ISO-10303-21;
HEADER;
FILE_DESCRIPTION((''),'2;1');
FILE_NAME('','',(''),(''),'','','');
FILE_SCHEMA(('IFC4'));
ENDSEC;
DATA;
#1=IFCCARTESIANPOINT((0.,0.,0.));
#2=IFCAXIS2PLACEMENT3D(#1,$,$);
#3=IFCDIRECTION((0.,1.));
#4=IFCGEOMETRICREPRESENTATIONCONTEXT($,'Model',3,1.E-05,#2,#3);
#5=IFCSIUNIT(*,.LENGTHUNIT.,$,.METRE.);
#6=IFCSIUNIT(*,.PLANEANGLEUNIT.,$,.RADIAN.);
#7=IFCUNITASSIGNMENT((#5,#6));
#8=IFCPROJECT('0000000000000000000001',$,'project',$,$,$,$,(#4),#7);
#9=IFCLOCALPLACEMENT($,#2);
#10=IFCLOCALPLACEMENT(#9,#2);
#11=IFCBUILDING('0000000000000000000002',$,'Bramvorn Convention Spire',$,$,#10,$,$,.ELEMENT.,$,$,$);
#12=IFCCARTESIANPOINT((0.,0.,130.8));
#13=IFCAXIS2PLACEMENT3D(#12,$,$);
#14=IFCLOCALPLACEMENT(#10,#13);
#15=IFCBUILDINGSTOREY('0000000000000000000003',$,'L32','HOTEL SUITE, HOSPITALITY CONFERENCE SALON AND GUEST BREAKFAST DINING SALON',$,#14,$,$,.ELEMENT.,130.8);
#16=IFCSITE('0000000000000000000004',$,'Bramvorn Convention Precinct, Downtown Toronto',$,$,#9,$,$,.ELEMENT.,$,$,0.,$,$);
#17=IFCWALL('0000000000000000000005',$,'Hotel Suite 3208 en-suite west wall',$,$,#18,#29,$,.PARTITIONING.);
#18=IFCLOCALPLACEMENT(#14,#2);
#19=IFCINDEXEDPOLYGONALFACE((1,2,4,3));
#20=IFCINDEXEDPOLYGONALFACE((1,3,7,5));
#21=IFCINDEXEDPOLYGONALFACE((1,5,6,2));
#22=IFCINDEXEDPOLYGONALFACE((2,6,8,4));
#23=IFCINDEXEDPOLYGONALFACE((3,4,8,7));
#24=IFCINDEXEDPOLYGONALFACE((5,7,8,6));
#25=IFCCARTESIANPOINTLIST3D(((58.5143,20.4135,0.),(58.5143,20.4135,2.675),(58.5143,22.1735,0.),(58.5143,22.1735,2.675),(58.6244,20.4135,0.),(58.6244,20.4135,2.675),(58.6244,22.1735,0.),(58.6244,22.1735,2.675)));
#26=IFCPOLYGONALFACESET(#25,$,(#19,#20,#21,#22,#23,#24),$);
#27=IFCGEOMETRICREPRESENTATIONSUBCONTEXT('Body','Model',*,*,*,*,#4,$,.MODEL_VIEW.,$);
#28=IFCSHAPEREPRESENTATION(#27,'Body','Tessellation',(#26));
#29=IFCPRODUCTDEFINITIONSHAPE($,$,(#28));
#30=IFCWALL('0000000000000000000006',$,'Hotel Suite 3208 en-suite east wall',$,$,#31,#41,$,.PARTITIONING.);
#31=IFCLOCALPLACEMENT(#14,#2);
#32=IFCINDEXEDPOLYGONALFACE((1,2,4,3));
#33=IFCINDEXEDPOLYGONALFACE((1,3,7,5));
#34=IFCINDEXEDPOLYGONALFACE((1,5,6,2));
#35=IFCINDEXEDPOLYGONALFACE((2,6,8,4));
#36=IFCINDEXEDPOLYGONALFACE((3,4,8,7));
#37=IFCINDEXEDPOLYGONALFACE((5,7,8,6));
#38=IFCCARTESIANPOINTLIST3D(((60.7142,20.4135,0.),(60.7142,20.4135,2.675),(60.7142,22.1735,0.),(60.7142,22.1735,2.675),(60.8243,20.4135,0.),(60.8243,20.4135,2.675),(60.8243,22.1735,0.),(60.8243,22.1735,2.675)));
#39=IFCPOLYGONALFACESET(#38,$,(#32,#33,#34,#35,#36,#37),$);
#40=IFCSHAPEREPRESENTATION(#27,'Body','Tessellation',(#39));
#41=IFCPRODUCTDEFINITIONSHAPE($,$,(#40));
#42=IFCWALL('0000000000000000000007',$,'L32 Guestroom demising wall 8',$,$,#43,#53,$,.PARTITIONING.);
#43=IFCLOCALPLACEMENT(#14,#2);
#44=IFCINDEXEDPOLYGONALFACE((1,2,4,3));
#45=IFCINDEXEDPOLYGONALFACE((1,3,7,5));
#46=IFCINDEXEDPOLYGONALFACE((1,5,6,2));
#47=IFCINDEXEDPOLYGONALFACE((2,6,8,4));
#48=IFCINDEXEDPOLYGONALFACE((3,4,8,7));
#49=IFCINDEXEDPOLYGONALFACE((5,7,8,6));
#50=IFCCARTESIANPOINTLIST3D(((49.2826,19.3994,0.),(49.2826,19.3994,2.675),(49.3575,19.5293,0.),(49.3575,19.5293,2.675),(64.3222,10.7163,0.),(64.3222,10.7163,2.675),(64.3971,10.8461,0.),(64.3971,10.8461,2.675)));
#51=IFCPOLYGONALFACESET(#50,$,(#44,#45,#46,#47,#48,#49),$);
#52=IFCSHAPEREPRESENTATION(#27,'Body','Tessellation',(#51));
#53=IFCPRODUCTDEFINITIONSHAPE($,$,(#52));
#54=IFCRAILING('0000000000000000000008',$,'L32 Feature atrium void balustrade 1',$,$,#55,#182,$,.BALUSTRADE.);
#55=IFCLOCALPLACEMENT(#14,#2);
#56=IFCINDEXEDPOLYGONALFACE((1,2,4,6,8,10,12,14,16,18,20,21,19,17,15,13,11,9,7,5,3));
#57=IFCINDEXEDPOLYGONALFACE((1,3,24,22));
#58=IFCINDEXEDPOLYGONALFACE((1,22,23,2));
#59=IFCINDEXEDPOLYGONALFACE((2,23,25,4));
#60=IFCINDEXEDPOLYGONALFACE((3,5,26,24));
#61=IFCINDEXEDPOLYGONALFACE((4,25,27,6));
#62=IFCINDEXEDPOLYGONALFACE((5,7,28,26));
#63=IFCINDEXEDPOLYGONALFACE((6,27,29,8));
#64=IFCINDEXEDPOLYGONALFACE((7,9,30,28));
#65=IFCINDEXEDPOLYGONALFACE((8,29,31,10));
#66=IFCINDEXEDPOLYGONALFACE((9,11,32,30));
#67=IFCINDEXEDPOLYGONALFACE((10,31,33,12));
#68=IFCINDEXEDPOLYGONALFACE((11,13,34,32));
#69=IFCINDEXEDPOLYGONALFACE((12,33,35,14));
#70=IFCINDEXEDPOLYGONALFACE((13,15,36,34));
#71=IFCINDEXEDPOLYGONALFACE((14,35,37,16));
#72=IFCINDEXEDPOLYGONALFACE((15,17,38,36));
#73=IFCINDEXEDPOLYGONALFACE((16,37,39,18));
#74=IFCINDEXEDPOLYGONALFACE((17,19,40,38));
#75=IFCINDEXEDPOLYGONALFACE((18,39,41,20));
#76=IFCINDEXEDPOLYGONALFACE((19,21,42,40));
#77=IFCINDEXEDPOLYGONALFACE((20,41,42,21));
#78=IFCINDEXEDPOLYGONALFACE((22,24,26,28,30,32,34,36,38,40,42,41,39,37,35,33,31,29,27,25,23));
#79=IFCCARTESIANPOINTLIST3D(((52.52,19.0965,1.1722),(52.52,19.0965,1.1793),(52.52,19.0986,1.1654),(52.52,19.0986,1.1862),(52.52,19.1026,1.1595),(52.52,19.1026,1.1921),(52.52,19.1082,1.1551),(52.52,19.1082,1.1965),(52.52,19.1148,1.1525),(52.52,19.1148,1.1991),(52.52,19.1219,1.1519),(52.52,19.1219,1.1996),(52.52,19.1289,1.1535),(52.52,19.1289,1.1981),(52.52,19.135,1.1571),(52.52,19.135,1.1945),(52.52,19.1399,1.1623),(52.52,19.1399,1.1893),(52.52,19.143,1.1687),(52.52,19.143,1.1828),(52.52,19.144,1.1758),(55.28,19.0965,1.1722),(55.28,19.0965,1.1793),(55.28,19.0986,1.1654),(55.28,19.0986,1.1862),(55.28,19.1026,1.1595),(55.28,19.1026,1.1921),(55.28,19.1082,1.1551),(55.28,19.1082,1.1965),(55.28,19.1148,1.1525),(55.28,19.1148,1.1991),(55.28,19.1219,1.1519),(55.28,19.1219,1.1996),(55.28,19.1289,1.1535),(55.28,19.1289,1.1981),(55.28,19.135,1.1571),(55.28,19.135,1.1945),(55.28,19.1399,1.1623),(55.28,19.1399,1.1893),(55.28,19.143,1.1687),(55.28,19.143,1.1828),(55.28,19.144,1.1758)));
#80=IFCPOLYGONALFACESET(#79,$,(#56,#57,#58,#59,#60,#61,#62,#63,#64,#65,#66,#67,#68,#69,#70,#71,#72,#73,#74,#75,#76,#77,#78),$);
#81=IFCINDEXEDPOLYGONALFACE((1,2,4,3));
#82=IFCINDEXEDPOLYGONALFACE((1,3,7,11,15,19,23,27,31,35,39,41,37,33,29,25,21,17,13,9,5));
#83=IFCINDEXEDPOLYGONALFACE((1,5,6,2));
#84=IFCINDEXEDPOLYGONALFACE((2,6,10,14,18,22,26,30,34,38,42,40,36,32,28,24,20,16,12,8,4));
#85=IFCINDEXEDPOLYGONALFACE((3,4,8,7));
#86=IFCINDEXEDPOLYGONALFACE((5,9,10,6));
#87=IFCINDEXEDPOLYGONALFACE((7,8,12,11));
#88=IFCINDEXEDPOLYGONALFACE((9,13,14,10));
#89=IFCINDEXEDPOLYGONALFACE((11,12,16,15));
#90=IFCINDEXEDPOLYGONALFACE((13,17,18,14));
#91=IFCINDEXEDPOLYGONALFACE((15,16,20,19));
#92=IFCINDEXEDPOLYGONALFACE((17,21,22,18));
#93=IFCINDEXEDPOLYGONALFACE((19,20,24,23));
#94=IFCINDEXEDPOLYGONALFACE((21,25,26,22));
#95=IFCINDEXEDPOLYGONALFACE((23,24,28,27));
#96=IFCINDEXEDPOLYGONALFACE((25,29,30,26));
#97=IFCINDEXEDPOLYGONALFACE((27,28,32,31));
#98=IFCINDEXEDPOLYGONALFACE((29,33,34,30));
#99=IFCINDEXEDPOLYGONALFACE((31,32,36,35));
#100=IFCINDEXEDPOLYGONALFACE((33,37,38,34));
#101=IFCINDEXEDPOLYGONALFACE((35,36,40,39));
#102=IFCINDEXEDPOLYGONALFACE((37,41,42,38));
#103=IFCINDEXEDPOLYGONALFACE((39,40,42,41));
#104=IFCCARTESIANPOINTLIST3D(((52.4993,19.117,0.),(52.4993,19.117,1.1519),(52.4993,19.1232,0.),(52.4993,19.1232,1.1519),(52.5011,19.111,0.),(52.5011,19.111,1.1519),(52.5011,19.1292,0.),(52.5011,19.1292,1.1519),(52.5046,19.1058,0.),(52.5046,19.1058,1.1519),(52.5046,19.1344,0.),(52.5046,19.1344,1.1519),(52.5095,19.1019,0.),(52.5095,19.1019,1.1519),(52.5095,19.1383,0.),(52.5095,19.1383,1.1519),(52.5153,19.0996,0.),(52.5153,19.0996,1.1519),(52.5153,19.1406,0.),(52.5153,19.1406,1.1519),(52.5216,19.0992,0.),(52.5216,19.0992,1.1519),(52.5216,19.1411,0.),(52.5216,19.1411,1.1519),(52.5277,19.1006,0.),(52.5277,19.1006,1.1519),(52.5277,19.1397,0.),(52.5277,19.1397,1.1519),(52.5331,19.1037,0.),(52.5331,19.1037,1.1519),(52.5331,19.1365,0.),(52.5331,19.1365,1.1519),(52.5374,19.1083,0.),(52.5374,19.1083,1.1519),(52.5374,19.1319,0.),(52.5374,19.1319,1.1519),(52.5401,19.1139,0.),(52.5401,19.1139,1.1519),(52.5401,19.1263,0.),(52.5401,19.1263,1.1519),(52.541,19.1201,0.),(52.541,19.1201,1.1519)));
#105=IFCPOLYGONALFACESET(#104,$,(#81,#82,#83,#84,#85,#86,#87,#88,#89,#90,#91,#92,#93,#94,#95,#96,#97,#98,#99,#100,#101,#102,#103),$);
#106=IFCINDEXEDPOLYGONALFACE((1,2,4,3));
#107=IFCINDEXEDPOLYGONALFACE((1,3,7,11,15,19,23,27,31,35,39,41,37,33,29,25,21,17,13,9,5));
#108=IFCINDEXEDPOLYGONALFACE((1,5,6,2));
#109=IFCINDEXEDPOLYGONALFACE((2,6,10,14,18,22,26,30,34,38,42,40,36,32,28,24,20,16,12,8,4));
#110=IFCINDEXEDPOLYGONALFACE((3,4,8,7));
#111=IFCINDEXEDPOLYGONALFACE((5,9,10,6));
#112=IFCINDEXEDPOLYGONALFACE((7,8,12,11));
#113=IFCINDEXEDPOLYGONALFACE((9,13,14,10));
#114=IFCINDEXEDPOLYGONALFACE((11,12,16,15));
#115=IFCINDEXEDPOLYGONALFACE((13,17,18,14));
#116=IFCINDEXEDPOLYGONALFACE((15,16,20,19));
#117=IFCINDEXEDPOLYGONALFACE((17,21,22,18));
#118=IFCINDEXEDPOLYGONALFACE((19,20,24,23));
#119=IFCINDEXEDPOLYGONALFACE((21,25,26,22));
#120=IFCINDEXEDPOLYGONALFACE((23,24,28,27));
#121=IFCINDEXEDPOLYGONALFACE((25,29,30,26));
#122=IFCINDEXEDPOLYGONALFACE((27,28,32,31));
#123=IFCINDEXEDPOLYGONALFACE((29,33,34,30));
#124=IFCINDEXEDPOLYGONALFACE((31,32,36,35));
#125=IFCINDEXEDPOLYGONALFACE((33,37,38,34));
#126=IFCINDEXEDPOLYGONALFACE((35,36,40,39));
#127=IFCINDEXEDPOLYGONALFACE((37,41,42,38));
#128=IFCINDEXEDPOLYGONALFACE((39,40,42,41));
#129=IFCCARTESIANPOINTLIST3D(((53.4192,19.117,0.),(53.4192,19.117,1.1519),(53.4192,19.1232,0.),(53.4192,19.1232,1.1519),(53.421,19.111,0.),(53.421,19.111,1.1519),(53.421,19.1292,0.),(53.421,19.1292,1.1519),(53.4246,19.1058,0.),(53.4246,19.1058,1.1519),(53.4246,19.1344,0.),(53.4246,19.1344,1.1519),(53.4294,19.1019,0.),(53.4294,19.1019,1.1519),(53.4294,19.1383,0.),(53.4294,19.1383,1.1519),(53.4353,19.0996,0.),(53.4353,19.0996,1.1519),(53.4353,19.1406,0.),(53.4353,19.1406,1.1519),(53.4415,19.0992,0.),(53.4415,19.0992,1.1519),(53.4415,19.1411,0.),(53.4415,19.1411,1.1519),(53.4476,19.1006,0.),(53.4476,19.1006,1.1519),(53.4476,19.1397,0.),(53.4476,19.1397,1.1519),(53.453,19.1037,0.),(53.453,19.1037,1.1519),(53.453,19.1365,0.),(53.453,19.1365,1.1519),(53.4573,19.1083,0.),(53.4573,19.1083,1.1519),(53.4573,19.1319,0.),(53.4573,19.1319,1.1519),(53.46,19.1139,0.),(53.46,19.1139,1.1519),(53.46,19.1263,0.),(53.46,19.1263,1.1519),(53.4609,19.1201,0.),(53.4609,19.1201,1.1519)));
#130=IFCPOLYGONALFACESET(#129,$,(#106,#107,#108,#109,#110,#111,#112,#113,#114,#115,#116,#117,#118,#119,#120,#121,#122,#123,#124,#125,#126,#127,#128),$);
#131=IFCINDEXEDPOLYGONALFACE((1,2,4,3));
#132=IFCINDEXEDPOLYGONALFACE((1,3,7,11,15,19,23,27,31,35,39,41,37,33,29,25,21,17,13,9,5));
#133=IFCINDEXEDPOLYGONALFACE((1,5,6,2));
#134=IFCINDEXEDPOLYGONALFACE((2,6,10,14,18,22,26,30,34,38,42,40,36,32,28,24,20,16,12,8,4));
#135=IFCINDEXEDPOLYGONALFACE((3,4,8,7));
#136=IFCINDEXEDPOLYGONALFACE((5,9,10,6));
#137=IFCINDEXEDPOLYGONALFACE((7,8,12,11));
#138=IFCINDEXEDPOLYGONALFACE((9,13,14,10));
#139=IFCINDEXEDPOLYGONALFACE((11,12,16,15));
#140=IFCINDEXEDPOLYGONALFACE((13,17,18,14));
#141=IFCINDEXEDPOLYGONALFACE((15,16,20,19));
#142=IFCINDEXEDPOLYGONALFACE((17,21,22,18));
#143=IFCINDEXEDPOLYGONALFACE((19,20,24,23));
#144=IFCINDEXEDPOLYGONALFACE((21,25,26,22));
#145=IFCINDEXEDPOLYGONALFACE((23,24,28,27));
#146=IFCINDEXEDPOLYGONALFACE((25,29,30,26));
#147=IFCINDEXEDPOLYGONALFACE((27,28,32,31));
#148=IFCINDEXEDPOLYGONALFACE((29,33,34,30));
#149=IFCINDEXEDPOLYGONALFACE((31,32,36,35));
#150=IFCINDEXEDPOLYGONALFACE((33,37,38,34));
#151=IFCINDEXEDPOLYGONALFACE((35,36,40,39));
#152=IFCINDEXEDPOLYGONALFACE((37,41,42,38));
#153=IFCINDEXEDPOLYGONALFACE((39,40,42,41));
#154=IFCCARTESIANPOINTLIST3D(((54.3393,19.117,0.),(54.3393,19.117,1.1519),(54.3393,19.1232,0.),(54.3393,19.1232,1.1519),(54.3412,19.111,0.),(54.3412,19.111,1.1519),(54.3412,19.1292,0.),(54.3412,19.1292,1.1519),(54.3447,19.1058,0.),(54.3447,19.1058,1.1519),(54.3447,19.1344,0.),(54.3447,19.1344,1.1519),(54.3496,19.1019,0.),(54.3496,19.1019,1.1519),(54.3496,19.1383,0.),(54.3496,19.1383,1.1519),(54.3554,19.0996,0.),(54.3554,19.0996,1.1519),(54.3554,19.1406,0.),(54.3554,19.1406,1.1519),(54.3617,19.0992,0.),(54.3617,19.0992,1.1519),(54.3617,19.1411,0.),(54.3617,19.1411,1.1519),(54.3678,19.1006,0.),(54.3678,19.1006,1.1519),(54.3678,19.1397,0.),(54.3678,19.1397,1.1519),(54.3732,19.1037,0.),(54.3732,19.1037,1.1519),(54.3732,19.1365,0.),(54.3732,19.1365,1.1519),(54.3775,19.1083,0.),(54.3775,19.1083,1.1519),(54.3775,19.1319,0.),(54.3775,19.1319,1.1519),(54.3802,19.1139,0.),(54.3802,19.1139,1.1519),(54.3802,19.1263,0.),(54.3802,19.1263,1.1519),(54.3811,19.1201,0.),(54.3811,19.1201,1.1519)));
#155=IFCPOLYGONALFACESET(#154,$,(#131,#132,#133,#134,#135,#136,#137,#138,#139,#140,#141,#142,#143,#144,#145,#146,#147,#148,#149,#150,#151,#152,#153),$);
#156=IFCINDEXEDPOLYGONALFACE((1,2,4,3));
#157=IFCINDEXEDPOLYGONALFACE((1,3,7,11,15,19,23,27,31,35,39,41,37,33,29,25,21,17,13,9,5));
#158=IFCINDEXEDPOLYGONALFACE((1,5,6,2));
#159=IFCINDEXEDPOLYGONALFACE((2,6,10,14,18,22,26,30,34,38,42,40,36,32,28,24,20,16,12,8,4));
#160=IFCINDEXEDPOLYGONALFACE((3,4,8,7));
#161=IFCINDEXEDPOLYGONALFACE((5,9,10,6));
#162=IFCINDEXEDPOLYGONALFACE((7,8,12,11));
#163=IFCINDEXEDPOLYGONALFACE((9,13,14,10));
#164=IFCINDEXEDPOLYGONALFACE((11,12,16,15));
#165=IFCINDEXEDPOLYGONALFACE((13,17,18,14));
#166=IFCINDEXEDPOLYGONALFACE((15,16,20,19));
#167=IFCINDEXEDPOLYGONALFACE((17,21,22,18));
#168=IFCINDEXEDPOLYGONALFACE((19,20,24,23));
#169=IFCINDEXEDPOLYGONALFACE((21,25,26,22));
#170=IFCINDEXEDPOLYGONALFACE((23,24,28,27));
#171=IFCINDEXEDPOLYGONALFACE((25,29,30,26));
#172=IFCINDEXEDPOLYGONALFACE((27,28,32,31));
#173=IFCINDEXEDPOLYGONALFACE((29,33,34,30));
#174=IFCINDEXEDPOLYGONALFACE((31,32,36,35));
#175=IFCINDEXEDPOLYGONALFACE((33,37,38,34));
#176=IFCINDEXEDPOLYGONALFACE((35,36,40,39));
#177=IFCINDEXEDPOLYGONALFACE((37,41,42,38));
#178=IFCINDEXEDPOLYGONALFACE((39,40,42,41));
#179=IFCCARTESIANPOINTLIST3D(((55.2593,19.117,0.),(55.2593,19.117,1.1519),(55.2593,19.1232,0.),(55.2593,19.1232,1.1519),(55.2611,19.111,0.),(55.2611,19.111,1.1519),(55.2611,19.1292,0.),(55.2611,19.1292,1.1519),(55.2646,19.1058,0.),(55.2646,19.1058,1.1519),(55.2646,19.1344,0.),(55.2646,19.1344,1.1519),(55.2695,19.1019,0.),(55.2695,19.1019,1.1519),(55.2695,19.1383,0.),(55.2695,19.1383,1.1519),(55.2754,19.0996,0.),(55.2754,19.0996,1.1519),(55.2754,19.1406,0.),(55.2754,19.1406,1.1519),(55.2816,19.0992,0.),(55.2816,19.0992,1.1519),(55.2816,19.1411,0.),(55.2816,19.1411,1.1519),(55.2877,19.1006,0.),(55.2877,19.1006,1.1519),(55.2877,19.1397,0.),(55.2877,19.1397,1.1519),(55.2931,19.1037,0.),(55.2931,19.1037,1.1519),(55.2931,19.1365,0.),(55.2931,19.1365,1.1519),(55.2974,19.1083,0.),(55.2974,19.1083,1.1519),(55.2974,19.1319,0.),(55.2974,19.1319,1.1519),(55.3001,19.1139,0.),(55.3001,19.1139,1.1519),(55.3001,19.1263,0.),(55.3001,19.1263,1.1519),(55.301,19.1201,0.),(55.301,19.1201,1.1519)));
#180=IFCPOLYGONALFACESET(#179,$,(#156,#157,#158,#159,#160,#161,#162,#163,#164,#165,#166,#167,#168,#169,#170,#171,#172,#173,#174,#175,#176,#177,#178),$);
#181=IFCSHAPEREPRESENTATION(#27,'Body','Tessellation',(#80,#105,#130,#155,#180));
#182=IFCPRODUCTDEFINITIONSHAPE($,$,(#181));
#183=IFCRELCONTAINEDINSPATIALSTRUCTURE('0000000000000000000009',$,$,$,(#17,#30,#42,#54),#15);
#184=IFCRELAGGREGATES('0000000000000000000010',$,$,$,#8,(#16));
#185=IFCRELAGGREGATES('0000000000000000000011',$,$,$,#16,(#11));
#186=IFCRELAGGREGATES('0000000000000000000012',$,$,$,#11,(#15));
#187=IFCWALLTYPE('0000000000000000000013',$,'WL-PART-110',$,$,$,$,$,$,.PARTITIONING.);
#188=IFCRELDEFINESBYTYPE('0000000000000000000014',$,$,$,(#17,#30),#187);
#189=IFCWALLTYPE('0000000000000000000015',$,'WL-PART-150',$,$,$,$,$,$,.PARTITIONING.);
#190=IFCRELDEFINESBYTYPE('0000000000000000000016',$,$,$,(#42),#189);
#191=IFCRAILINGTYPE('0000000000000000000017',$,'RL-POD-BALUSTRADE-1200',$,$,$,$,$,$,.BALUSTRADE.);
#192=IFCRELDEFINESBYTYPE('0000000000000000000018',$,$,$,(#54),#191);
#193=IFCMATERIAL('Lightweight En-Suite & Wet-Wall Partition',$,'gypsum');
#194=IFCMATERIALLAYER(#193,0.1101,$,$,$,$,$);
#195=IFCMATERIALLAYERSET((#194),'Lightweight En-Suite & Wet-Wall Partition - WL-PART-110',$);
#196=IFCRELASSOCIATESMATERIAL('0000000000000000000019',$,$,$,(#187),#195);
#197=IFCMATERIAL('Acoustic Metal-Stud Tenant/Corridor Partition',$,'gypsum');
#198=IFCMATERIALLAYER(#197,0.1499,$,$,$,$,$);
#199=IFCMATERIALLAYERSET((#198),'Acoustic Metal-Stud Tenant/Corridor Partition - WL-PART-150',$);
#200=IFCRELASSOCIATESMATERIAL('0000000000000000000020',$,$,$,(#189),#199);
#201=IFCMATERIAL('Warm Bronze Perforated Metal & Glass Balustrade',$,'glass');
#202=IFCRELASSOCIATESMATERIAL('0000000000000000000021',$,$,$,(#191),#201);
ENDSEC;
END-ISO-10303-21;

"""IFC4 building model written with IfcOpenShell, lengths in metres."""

from ifc_helpers import new_model, si_unit, direction, frame, frame_2d, origin, origin_2d, place, context, subcontext, project, spatial, rectangle, circle, extrude, material, layer, layer_set, type_object, element, save


model = new_model("IFC4")

# Units and contexts
model_context = context("Model", 3, precision=1e-05, world=origin(), true_north=direction((0.0, 1.0)))
body_context = subcontext(model_context, "Body", "Model", "MODEL_VIEW")
ifc_project = project(units=[si_unit("LENGTHUNIT", "METRE"), si_unit("PLANEANGLEUNIT", "RADIAN")], contexts=[model_context])

# Site, building, storey
site_placement = place(None, origin())
site = spatial("IfcSite", under=ifc_project, at=site_placement, Name="Bramvorn Convention Precinct, Downtown Toronto", CompositionType="ELEMENT", RefElevation=0.0)
building_placement = place(site_placement, origin())
building = spatial("IfcBuilding", under=site, at=building_placement, Name="Bramvorn Convention Spire", CompositionType="ELEMENT")
storey_placement = place(building_placement, frame((0.0, 0.0, 130.8)))
storey = spatial("IfcBuildingStorey", under=building, at=storey_placement, Name="L32", Description="HOTEL SUITE, HOSPITALITY CONFERENCE SALON AND GUEST BREAKFAST DINING SALON", CompositionType="ELEMENT", Elevation=130.8)

# Shared definitions
ifc_material_1 = material(Name="Lightweight En-Suite & Wet-Wall Partition", Category="gypsum")
ifc_layer_1 = layer(ifc_material_1, 0.1101)
ifc_layer_set_1 = layer_set([ifc_layer_1], Name="Lightweight En-Suite & Wet-Wall Partition - WL-PART-110")
wall_type_1 = type_object("IfcWallType", Name="WL-PART-110", PredefinedType="PARTITIONING", material=ifc_layer_set_1)

# Walls
for number, where, z_axis, x_axis, name in (
    (1, (58.5693, 20.4136, 0.0), (0.0, 0.0, 1.0), (0.0, 1.0, 0.0), "Hotel Suite 3208 en-suite west wall"),
    (2, (60.7693, 20.4136, 0.0), (0.0, 0.0, 1.0), (0.0, 1.0, 0.0), "Hotel Suite 3208 en-suite east wall"),
):
    element("IfcWall", number, at=place(storey_placement, frame(where, z_axis=z_axis, x_axis=x_axis)), inside=storey, type_object=wall_type_1, Name=name, PredefinedType="PARTITIONING", context=body_context, shape_type="SweptSolid", body=[
        extrude(rectangle(XDim=1.76, YDim=0.1101, at=frame_2d((0.8799, 0.0))), origin(), (0.0, 0.0, 1.0), 2.675),
    ])
ifc_material_2 = material(Name="Acoustic Metal-Stud Tenant/Corridor Partition", Category="gypsum")
ifc_layer_2 = layer(ifc_material_2, 0.1499)
ifc_layer_set_2 = layer_set([ifc_layer_2], Name="Acoustic Metal-Stud Tenant/Corridor Partition - WL-PART-150")
wall_type_2 = type_object("IfcWallType", Name="WL-PART-150", PredefinedType="PARTITIONING", material=ifc_layer_set_2)
wall_1_placement = place(storey_placement, frame((49.3201, 19.4644, 0.0), z_axis=(0.0, 0.0, 1.0), x_axis=(0.866025, -0.500001, 0.0)))
element("IfcWall", 3, at=wall_1_placement, inside=storey, type_object=wall_type_2, Name="L32 Guestroom demising wall 8", PredefinedType="PARTITIONING", context=body_context, shape_type="SweptSolid", body=[
    extrude(rectangle(XDim=17.3662, YDim=0.1499, at=frame_2d((8.6831, 0.0))), origin(), (0.0, 0.0, 1.0), 2.675),
])

# Railing
ifc_material_3 = material(Name="Warm Bronze Perforated Metal & Glass Balustrade", Category="glass")
railing_type = type_object("IfcRailingType", Name="RL-POD-BALUSTRADE-1200", PredefinedType="BALUSTRADE", material=ifc_material_3)
railing_1_placement = place(storey_placement, frame((52.52, 19.1201, 0.0)))
element("IfcRailing", 4, at=railing_1_placement, inside=storey, type_object=railing_type, Name="L32 Feature atrium void balustrade 1", PredefinedType="BALUSTRADE", context=body_context, shape_type="SweptSolid", body=[
    extrude(circle(Radius=0.0239, at=origin_2d()), frame((0.0, 0.0, 1.1758), z_axis=(1.0, 0.0, 0.0), x_axis=(0.0, 1.0, 0.0)), (0.0, 0.0, 1.0), 2.76),
    extrude(circle(Radius=0.021, at=origin_2d()), origin(), (0.0, 0.0, 1.0), 1.1519),
    extrude(circle(Radius=0.021, at=origin_2d()), frame((0.9199, 0.0, 0.0)), (0.0, 0.0, 1.0), 1.1519),
    extrude(circle(Radius=0.021, at=origin_2d()), frame((1.8401, 0.0, 0.0)), (0.0, 0.0, 1.0), 1.1519),
    extrude(circle(Radius=0.021, at=origin_2d()), frame((2.76, 0.0, 0.0)), (0.0, 0.0, 1.0), 1.1519),
])

save(model, "model.ifc")
